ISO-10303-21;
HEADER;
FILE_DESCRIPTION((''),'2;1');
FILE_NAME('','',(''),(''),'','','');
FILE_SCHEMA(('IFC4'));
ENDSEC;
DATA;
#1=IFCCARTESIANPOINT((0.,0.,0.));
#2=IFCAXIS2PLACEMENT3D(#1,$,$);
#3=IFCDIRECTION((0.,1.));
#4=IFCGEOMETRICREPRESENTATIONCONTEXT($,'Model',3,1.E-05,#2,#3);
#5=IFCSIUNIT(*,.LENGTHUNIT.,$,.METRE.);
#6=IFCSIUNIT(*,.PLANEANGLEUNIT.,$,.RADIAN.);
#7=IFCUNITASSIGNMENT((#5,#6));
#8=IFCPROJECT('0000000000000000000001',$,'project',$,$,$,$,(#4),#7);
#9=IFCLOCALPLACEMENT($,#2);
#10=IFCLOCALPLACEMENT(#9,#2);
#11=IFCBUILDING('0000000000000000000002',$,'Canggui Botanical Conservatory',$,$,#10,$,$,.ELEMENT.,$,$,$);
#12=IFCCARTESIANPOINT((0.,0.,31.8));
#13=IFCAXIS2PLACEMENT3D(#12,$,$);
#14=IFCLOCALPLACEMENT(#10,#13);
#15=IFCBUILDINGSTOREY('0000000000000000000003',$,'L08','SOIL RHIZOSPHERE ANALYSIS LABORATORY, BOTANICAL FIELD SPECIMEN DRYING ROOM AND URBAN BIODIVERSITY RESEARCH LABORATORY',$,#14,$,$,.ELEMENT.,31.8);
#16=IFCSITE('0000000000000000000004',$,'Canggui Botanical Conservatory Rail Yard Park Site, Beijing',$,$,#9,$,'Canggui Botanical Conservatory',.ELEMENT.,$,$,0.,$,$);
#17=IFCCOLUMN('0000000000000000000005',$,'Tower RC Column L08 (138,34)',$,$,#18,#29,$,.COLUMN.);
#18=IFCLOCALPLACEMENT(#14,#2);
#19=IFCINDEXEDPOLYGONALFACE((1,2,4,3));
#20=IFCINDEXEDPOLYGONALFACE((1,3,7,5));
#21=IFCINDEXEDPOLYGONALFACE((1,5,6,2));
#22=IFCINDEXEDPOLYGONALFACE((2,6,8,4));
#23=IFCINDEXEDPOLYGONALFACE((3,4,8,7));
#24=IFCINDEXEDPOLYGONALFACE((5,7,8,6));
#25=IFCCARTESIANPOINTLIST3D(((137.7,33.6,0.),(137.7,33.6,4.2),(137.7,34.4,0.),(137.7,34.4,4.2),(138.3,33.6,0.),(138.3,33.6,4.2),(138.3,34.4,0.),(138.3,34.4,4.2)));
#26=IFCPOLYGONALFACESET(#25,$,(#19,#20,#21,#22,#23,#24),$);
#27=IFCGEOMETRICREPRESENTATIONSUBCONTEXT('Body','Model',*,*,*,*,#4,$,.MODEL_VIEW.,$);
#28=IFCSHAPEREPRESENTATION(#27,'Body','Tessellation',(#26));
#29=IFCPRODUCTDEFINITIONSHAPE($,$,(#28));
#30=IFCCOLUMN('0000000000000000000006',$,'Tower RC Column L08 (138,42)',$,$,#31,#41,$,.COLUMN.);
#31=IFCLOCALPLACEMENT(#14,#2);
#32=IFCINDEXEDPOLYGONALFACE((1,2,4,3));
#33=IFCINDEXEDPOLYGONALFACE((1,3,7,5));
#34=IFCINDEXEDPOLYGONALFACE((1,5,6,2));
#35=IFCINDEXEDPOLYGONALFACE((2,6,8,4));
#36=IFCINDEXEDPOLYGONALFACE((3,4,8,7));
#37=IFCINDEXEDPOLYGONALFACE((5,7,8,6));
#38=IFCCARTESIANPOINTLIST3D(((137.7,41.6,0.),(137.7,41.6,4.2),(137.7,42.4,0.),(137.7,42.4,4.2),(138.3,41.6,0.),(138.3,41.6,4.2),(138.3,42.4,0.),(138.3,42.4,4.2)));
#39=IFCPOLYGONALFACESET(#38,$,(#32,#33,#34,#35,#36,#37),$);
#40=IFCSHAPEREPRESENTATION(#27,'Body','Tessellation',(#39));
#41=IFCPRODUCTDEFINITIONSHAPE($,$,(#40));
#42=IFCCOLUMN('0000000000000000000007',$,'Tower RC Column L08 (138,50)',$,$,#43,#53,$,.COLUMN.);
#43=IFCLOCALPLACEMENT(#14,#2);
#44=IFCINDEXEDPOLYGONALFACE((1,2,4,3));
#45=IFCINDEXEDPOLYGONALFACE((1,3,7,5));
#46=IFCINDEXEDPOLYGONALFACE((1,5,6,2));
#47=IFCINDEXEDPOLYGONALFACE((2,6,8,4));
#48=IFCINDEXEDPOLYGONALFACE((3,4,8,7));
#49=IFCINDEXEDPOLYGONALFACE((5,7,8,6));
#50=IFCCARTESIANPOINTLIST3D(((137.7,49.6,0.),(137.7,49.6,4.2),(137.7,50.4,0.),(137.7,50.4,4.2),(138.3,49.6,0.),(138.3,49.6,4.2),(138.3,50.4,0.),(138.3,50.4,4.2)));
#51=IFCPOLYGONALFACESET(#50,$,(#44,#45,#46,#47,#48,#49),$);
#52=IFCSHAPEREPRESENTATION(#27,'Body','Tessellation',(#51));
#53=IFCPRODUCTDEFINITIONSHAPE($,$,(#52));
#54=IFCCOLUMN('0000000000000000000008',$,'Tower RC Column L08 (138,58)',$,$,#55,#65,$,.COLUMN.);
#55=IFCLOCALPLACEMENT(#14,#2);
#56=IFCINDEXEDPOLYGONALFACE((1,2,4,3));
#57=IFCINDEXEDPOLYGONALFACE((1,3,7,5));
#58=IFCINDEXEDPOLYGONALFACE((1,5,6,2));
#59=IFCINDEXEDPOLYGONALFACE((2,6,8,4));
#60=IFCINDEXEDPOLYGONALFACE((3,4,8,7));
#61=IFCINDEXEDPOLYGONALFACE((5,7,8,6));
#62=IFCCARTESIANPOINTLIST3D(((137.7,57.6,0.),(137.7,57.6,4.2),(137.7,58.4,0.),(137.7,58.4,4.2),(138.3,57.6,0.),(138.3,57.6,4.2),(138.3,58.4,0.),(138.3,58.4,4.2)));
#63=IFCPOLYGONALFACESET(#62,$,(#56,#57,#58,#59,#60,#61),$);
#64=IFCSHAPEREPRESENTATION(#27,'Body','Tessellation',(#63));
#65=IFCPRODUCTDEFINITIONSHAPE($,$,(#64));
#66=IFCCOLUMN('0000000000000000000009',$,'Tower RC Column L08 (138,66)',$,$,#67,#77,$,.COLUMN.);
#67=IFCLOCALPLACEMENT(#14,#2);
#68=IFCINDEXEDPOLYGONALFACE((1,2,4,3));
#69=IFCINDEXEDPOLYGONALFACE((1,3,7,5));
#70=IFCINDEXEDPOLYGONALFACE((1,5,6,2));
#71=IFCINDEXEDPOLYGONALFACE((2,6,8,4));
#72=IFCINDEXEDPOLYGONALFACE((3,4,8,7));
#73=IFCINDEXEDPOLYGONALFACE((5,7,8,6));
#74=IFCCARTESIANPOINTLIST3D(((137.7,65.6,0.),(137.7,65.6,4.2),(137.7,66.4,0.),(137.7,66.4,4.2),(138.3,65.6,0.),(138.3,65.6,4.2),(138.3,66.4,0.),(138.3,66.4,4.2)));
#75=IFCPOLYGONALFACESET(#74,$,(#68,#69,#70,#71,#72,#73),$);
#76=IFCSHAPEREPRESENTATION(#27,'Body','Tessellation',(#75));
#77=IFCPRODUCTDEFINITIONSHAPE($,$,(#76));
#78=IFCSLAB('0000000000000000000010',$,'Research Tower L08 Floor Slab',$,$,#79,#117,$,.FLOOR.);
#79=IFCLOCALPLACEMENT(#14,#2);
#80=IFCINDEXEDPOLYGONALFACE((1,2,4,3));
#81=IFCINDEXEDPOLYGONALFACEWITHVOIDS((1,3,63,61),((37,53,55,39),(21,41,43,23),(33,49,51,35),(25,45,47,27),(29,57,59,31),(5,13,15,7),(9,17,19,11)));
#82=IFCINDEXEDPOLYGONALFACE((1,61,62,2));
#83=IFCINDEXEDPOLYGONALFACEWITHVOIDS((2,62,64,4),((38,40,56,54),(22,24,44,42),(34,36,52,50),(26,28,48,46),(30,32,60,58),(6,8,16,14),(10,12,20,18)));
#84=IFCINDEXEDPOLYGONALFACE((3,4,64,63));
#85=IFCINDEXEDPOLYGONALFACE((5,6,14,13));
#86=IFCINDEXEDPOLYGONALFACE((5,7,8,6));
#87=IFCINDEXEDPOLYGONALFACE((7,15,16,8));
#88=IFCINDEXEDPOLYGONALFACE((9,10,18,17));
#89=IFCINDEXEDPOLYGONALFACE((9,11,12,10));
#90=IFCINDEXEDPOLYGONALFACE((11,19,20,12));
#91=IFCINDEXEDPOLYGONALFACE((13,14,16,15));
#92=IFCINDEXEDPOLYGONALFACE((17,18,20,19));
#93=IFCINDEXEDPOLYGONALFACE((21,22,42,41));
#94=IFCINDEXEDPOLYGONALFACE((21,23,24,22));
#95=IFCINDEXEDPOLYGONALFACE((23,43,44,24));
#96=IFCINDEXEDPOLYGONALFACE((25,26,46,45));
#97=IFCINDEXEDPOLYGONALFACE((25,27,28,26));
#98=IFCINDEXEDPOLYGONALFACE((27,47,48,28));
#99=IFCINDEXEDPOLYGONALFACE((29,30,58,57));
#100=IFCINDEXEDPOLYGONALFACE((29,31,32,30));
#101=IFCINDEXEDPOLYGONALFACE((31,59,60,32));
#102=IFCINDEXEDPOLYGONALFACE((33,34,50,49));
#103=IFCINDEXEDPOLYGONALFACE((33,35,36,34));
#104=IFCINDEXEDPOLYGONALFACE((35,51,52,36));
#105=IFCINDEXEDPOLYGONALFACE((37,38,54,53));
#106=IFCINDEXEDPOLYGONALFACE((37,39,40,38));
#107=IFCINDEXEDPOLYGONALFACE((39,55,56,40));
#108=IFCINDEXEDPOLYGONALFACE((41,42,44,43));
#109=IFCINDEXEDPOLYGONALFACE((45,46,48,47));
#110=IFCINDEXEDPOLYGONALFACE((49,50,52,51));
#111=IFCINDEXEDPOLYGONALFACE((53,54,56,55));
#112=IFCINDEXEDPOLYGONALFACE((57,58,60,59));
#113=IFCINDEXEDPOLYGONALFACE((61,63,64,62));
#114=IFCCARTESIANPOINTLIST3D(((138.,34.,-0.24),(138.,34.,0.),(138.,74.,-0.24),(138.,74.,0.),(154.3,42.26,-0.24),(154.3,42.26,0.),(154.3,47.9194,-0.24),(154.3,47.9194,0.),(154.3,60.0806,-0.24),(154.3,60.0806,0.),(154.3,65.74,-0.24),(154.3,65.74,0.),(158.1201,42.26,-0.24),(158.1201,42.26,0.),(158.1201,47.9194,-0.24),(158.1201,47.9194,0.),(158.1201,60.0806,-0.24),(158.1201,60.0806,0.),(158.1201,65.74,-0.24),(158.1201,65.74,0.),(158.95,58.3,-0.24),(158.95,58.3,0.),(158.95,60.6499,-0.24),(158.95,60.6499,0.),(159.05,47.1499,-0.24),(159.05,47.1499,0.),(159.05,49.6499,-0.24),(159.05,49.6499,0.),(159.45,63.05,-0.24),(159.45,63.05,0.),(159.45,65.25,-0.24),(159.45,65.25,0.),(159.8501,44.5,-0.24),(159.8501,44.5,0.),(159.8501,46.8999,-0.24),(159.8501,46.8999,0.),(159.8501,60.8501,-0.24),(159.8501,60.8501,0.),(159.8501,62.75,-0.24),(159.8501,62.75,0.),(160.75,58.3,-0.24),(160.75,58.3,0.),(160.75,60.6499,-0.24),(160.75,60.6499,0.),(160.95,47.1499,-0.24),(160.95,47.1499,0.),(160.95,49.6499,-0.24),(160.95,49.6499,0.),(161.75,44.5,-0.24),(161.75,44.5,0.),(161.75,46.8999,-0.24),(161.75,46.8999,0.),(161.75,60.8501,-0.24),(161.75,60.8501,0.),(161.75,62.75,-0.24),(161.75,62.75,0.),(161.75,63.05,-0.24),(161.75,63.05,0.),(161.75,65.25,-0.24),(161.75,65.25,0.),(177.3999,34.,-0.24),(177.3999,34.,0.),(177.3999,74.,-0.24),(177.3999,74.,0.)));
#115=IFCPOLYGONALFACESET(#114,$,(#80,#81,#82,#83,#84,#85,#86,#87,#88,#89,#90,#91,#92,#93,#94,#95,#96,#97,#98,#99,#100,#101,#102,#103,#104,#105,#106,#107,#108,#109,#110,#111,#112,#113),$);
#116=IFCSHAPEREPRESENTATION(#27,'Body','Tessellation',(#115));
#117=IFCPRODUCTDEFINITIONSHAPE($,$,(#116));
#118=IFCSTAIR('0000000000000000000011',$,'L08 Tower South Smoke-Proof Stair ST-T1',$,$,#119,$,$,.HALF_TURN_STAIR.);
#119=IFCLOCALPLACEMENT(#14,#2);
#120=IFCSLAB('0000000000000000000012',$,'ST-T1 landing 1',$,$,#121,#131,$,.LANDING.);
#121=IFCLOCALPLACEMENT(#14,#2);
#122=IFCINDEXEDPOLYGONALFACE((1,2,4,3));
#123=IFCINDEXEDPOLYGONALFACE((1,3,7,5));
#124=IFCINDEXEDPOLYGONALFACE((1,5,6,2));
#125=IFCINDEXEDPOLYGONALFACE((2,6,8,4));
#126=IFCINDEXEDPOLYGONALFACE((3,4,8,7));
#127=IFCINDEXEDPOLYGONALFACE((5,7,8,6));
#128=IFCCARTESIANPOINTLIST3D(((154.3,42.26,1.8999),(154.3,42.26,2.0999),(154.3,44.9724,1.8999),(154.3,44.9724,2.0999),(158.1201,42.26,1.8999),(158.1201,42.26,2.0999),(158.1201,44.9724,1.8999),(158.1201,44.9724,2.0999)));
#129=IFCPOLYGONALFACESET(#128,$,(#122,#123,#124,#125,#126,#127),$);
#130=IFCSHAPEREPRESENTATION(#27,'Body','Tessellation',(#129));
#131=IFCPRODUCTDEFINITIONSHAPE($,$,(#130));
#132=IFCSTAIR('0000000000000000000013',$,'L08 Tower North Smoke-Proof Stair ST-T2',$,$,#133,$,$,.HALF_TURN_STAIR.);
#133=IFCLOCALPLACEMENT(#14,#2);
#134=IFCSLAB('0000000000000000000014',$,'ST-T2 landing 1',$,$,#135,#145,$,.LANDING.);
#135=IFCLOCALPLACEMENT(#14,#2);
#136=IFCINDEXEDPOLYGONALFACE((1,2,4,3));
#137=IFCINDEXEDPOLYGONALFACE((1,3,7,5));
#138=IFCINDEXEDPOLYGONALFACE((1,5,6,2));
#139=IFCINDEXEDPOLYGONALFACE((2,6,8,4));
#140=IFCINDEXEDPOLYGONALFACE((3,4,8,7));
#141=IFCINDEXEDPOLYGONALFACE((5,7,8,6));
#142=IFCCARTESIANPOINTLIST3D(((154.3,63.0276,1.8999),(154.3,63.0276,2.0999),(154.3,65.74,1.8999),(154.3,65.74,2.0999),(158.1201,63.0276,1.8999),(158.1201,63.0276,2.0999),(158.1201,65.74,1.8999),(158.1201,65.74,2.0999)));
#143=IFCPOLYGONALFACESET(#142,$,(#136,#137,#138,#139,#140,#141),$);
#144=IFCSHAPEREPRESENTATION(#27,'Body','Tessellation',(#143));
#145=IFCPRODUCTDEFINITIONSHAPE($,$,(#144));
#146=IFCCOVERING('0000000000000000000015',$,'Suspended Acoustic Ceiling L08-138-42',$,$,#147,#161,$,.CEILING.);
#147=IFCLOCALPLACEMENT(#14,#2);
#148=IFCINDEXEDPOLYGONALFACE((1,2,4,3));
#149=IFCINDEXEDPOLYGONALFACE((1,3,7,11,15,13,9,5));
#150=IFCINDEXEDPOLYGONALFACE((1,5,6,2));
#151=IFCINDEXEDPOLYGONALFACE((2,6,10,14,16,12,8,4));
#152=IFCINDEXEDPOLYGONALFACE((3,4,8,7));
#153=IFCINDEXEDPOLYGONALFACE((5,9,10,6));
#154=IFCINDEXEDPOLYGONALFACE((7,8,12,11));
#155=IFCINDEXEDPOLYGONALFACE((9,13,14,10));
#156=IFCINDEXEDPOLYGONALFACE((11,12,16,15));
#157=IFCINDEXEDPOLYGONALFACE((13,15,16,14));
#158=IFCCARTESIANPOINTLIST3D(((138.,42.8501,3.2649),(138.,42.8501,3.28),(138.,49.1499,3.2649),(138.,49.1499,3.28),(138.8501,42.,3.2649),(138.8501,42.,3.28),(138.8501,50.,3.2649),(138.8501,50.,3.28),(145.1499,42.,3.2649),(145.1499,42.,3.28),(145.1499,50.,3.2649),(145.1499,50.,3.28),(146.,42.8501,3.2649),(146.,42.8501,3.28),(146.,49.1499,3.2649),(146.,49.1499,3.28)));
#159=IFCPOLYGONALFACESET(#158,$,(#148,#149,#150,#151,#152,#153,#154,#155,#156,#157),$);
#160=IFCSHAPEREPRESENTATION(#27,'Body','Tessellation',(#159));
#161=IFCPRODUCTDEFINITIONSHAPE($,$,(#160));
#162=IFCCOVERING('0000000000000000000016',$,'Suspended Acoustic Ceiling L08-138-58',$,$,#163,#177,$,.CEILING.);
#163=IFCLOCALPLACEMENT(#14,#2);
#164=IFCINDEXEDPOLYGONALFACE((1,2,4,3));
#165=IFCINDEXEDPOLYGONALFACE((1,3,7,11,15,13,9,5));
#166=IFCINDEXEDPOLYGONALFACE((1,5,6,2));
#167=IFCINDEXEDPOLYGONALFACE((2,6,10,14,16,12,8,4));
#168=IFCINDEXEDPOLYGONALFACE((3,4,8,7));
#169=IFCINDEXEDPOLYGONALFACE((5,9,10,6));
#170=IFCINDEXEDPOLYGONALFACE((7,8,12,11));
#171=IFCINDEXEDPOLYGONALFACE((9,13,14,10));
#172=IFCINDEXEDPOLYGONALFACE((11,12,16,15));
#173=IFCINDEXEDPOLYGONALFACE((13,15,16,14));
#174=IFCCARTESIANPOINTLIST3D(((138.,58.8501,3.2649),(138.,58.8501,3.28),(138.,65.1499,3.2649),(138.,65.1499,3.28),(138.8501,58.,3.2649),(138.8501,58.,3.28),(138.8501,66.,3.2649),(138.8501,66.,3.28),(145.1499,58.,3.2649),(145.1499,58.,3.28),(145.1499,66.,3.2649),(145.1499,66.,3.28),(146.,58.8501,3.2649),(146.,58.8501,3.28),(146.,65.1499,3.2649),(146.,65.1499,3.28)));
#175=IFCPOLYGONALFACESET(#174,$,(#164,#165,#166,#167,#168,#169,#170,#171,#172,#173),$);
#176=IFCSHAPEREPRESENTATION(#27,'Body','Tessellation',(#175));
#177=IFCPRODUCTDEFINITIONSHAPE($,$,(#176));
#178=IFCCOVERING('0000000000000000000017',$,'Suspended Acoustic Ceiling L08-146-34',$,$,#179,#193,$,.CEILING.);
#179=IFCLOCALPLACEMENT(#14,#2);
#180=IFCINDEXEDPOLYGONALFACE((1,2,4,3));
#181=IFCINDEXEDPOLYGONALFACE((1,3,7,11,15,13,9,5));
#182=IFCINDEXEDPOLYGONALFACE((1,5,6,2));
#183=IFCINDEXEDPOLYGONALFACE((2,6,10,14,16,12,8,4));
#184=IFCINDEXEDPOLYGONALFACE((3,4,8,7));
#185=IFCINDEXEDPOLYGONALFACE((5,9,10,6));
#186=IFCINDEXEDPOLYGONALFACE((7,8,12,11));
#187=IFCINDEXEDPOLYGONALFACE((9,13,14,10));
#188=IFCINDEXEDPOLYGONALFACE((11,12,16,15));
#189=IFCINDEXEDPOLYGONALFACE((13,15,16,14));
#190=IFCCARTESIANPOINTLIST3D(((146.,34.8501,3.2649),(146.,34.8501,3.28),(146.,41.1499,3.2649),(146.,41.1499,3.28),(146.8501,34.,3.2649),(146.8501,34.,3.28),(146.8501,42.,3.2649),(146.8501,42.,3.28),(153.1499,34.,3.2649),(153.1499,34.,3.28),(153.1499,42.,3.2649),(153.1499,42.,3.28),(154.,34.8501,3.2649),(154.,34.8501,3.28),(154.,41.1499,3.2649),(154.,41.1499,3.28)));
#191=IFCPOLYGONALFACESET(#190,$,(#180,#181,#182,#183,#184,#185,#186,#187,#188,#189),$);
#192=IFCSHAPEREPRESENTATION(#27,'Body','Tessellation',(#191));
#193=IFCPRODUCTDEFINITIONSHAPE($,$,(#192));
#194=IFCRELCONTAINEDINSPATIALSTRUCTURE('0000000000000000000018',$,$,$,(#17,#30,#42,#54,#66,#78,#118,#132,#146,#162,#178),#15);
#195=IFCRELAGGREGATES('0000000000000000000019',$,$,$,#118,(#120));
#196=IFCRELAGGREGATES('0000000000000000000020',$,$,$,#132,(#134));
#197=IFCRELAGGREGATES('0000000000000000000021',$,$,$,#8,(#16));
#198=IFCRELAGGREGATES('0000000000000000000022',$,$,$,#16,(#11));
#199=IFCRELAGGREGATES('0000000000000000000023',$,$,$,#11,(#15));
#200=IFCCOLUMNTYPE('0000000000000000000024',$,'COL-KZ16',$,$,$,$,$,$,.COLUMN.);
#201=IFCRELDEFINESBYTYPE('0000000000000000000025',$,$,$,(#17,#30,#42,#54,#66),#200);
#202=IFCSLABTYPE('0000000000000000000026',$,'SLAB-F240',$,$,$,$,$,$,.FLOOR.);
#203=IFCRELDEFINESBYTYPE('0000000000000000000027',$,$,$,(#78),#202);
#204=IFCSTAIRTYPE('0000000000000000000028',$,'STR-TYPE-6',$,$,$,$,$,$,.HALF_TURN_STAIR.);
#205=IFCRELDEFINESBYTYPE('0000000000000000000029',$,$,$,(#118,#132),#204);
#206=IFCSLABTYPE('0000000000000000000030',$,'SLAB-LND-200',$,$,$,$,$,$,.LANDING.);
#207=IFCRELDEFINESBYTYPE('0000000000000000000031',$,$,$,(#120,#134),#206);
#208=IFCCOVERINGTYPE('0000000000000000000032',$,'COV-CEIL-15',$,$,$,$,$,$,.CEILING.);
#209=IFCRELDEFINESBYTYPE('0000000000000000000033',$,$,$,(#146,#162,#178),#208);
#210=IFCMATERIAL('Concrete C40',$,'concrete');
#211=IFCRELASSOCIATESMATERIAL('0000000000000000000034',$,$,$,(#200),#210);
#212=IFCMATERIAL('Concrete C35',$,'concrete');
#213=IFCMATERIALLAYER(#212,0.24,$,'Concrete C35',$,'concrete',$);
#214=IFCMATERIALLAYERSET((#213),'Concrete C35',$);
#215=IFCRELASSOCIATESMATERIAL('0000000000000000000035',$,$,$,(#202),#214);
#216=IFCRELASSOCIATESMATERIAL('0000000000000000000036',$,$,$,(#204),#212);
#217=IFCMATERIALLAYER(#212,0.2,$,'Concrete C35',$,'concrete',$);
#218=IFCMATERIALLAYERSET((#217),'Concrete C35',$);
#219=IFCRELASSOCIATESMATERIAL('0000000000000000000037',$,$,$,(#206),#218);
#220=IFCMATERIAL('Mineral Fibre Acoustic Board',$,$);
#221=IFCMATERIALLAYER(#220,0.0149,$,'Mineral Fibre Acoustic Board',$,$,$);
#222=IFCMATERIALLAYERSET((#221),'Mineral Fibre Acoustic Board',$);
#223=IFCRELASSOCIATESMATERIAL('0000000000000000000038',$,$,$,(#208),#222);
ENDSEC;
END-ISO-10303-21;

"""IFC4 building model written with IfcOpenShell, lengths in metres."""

from ifc_helpers import new_model, si_unit, direction, frame, origin, origin_2d, place, context, subcontext, project, spatial, polyline, rectangle, outline, extrude, material, layer, layer_set, material_profile, profile_set, type_object, element, aggregate, save


model = new_model("IFC4")

# Units and contexts
model_context = context("Model", 3, precision=1e-05, world=origin(), true_north=direction((0.0, 1.0)))
body_context = subcontext(model_context, "Body", "Model", "MODEL_VIEW")
ifc_project = project(units=[si_unit("LENGTHUNIT", "METRE"), si_unit("PLANEANGLEUNIT", "RADIAN")], contexts=[model_context])

# Site, building, storey
site_placement = place(None, origin())
site = spatial("IfcSite", under=ifc_project, at=site_placement, Name="Canggui Botanical Conservatory Rail Yard Park Site, Beijing", LongName="Canggui Botanical Conservatory", CompositionType="ELEMENT", RefElevation=0.0)
building_placement = place(site_placement, origin())
building = spatial("IfcBuilding", under=site, at=building_placement, Name="Canggui Botanical Conservatory", CompositionType="ELEMENT")
storey_placement = place(building_placement, frame((0.0, 0.0, 31.8)))
storey = spatial("IfcBuildingStorey", under=building, at=storey_placement, Name="L08", Description="SOIL RHIZOSPHERE ANALYSIS LABORATORY, BOTANICAL FIELD SPECIMEN DRYING ROOM AND URBAN BIODIVERSITY RESEARCH LABORATORY", CompositionType="ELEMENT", Elevation=31.8)

# Columns
ifc_material_1 = material(Name="Concrete C40", Category="concrete")
ifc_material_profile = material_profile(ifc_material_1, rectangle(XDim=0.6001, YDim=0.8, at=origin_2d()), Name="RC 600x800")
ifc_profile_set = profile_set([ifc_material_profile], Name="Concrete C40")
column_type = type_object("IfcColumnType", Name="COL-KZ16", PredefinedType="COLUMN", material=ifc_profile_set)
for number, where, z_axis, x_axis, name in (
    (1, (138.0, 34.0, 0.0), (0.0, 0.0, 1.0), (1.0, 0.0, 0.0), "Tower RC Column L08 (138,34)"),
    (2, (138.0, 42.0, 0.0), (0.0, 0.0, 1.0), (1.0, 0.0, 0.0), "Tower RC Column L08 (138,42)"),
    (3, (138.0, 50.0, 0.0), (0.0, 0.0, 1.0), (1.0, 0.0, 0.0), "Tower RC Column L08 (138,50)"),
    (4, (138.0, 58.0, 0.0), (0.0, 0.0, 1.0), (1.0, 0.0, 0.0), "Tower RC Column L08 (138,58)"),
    (5, (138.0, 66.0, 0.0), (0.0, 0.0, 1.0), (1.0, 0.0, 0.0), "Tower RC Column L08 (138,66)"),
):
    element("IfcColumn", number, at=place(storey_placement, frame(where, z_axis=z_axis, x_axis=x_axis)), inside=storey, type_object=column_type, Name=name, PredefinedType="COLUMN", context=body_context, shape_type="SweptSolid", body=[
        extrude(rectangle(XDim=0.6001, YDim=0.8, at=origin_2d()), origin(), (0.0, 0.0, 1.0), 4.2),
    ])

# Slab
ifc_material_2 = material(Name="Concrete C35", Category="concrete")
ifc_layer_1 = layer(ifc_material_2, 0.24, Name="Concrete C35", Category="concrete")
ifc_layer_set_1 = layer_set([ifc_layer_1], Name="Concrete C35")
slab_type_1 = type_object("IfcSlabType", Name="SLAB-F240", PredefinedType="FLOOR", material=ifc_layer_set_1)
slab_1_placement = place(storey_placement, frame((0.0, 0.0, -0.24)))
element("IfcSlab", 6, at=slab_1_placement, inside=storey, type_object=slab_type_1, Name="Research Tower L08 Floor Slab", PredefinedType="FLOOR", context=body_context, shape_type="SweptSolid", body=[
    extrude(outline(polyline([(138.0, 34.0), (177.3999, 34.0), (177.3999, 74.0), (138.0, 74.0), (138.0, 34.0)]), holes=[polyline([(154.3, 47.9194), (154.3, 42.26), (158.1201, 42.26), (158.1201, 47.9194), (154.3, 47.9194)]), polyline([(158.1201, 60.0806), (158.1201, 65.74), (154.3, 65.74), (154.3, 60.0806), (158.1201, 60.0806)]), polyline([(159.05, 47.1499), (160.95, 47.1499), (160.95, 49.6499), (159.05, 49.6499), (159.05, 47.1499)]), polyline([(159.8501, 44.5), (161.75, 44.5), (161.75, 46.8999), (159.8501, 46.8999), (159.8501, 44.5)]), polyline([(158.95, 58.3), (160.75, 58.3), (160.75, 60.6499), (158.95, 60.6499), (158.95, 58.3)]), polyline([(159.8501, 60.8501), (161.75, 60.8501), (161.75, 62.75), (159.8501, 62.75), (159.8501, 60.8501)]), polyline([(159.45, 63.05), (161.75, 63.05), (161.75, 65.25), (159.45, 65.25), (159.45, 63.05)])]), origin(), (0.0, 0.0, 1.0), 0.24),
])

# Stairs, slabs
stair_type = type_object("IfcStairType", Name="STR-TYPE-6", PredefinedType="HALF_TURN_STAIR", material=ifc_material_2)
stair_1_placement = place(storey_placement, origin())
stair_1 = element("IfcStair", 7, at=stair_1_placement, inside=storey, type_object=stair_type, Name="L08 Tower South Smoke-Proof Stair ST-T1", PredefinedType="HALF_TURN_STAIR")
ifc_layer_2 = layer(ifc_material_2, 0.2, Name="Concrete C35", Category="concrete")
ifc_layer_set_2 = layer_set([ifc_layer_2], Name="Concrete C35")
slab_type_2 = type_object("IfcSlabType", Name="SLAB-LND-200", PredefinedType="LANDING", material=ifc_layer_set_2)
slab_2_placement = place(storey_placement, frame((0.0, 0.0, 1.8999)))
slab_2 = element("IfcSlab", 8, at=slab_2_placement, type_object=slab_type_2, Name="ST-T1 landing 1", PredefinedType="LANDING", context=body_context, shape_type="SweptSolid", body=[
    extrude(outline(polyline([(154.3, 44.9724), (154.3, 42.26), (158.1201, 42.26), (158.1201, 44.9724), (154.3, 44.9724)])), origin(), (0.0, 0.0, 1.0), 0.2),
])
aggregate(stair_1, [slab_2])
stair_2_placement = place(storey_placement, origin())
stair_2 = element("IfcStair", 9, at=stair_2_placement, inside=storey, type_object=stair_type, Name="L08 Tower North Smoke-Proof Stair ST-T2", PredefinedType="HALF_TURN_STAIR")
slab_3_placement = place(storey_placement, frame((0.0, 0.0, 1.8999)))
slab_3 = element("IfcSlab", 10, at=slab_3_placement, type_object=slab_type_2, Name="ST-T2 landing 1", PredefinedType="LANDING", context=body_context, shape_type="SweptSolid", body=[
    extrude(outline(polyline([(158.1201, 63.0276), (158.1201, 65.74), (154.3, 65.74), (154.3, 63.0276), (158.1201, 63.0276)])), origin(), (0.0, 0.0, 1.0), 0.2),
])
aggregate(stair_2, [slab_3])

# Coverings
ifc_material_3 = material(Name="Mineral Fibre Acoustic Board")
ifc_layer_3 = layer(ifc_material_3, 0.0149, Name="Mineral Fibre Acoustic Board")
ifc_layer_set_3 = layer_set([ifc_layer_3], Name="Mineral Fibre Acoustic Board")
covering_type_1 = type_object("IfcCoveringType", Name="COV-CEIL-15", PredefinedType="CEILING", material=ifc_layer_set_3)
covering_1_placement = place(storey_placement, frame((0.0, 0.0, 3.2649)))
element("IfcCovering", 11, at=covering_1_placement, inside=storey, type_object=covering_type_1, Name="Suspended Acoustic Ceiling L08-138-42", PredefinedType="CEILING", context=body_context, shape_type="SweptSolid", body=[
    extrude(outline(polyline([(138.8501, 42.0), (145.1499, 42.0), (146.0, 42.8501), (146.0, 49.1499), (145.1499, 50.0), (138.8501, 50.0), (138.0, 49.1499), (138.0, 42.8501), (138.8501, 42.0)])), origin(), (0.0, 0.0, 1.0), 0.0151),
])
covering_2_placement = place(storey_placement, frame((0.0, 0.0, 3.2649)))
element("IfcCovering", 12, at=covering_2_placement, inside=storey, type_object=covering_type_1, Name="Suspended Acoustic Ceiling L08-138-58", PredefinedType="CEILING", context=body_context, shape_type="SweptSolid", body=[
    extrude(outline(polyline([(138.8501, 58.0), (145.1499, 58.0), (146.0, 58.8501), (146.0, 65.1499), (145.1499, 66.0), (138.8501, 66.0), (138.0, 65.1499), (138.0, 58.8501), (138.8501, 58.0)])), origin(), (0.0, 0.0, 1.0), 0.0151),
])
covering_3_placement = place(storey_placement, frame((0.0, 0.0, 3.2649)))
element("IfcCovering", 13, at=covering_3_placement, inside=storey, type_object=covering_type_1, Name="Suspended Acoustic Ceiling L08-146-34", PredefinedType="CEILING", context=body_context, shape_type="SweptSolid", body=[
    extrude(outline(polyline([(146.8501, 34.0), (153.1499, 34.0), (154.0, 34.8501), (154.0, 41.1499), (153.1499, 42.0), (146.8501, 42.0), (146.0, 41.1499), (146.0, 34.8501), (146.8501, 34.0)])), origin(), (0.0, 0.0, 1.0), 0.0151),
])

save(model, "model.ifc")
